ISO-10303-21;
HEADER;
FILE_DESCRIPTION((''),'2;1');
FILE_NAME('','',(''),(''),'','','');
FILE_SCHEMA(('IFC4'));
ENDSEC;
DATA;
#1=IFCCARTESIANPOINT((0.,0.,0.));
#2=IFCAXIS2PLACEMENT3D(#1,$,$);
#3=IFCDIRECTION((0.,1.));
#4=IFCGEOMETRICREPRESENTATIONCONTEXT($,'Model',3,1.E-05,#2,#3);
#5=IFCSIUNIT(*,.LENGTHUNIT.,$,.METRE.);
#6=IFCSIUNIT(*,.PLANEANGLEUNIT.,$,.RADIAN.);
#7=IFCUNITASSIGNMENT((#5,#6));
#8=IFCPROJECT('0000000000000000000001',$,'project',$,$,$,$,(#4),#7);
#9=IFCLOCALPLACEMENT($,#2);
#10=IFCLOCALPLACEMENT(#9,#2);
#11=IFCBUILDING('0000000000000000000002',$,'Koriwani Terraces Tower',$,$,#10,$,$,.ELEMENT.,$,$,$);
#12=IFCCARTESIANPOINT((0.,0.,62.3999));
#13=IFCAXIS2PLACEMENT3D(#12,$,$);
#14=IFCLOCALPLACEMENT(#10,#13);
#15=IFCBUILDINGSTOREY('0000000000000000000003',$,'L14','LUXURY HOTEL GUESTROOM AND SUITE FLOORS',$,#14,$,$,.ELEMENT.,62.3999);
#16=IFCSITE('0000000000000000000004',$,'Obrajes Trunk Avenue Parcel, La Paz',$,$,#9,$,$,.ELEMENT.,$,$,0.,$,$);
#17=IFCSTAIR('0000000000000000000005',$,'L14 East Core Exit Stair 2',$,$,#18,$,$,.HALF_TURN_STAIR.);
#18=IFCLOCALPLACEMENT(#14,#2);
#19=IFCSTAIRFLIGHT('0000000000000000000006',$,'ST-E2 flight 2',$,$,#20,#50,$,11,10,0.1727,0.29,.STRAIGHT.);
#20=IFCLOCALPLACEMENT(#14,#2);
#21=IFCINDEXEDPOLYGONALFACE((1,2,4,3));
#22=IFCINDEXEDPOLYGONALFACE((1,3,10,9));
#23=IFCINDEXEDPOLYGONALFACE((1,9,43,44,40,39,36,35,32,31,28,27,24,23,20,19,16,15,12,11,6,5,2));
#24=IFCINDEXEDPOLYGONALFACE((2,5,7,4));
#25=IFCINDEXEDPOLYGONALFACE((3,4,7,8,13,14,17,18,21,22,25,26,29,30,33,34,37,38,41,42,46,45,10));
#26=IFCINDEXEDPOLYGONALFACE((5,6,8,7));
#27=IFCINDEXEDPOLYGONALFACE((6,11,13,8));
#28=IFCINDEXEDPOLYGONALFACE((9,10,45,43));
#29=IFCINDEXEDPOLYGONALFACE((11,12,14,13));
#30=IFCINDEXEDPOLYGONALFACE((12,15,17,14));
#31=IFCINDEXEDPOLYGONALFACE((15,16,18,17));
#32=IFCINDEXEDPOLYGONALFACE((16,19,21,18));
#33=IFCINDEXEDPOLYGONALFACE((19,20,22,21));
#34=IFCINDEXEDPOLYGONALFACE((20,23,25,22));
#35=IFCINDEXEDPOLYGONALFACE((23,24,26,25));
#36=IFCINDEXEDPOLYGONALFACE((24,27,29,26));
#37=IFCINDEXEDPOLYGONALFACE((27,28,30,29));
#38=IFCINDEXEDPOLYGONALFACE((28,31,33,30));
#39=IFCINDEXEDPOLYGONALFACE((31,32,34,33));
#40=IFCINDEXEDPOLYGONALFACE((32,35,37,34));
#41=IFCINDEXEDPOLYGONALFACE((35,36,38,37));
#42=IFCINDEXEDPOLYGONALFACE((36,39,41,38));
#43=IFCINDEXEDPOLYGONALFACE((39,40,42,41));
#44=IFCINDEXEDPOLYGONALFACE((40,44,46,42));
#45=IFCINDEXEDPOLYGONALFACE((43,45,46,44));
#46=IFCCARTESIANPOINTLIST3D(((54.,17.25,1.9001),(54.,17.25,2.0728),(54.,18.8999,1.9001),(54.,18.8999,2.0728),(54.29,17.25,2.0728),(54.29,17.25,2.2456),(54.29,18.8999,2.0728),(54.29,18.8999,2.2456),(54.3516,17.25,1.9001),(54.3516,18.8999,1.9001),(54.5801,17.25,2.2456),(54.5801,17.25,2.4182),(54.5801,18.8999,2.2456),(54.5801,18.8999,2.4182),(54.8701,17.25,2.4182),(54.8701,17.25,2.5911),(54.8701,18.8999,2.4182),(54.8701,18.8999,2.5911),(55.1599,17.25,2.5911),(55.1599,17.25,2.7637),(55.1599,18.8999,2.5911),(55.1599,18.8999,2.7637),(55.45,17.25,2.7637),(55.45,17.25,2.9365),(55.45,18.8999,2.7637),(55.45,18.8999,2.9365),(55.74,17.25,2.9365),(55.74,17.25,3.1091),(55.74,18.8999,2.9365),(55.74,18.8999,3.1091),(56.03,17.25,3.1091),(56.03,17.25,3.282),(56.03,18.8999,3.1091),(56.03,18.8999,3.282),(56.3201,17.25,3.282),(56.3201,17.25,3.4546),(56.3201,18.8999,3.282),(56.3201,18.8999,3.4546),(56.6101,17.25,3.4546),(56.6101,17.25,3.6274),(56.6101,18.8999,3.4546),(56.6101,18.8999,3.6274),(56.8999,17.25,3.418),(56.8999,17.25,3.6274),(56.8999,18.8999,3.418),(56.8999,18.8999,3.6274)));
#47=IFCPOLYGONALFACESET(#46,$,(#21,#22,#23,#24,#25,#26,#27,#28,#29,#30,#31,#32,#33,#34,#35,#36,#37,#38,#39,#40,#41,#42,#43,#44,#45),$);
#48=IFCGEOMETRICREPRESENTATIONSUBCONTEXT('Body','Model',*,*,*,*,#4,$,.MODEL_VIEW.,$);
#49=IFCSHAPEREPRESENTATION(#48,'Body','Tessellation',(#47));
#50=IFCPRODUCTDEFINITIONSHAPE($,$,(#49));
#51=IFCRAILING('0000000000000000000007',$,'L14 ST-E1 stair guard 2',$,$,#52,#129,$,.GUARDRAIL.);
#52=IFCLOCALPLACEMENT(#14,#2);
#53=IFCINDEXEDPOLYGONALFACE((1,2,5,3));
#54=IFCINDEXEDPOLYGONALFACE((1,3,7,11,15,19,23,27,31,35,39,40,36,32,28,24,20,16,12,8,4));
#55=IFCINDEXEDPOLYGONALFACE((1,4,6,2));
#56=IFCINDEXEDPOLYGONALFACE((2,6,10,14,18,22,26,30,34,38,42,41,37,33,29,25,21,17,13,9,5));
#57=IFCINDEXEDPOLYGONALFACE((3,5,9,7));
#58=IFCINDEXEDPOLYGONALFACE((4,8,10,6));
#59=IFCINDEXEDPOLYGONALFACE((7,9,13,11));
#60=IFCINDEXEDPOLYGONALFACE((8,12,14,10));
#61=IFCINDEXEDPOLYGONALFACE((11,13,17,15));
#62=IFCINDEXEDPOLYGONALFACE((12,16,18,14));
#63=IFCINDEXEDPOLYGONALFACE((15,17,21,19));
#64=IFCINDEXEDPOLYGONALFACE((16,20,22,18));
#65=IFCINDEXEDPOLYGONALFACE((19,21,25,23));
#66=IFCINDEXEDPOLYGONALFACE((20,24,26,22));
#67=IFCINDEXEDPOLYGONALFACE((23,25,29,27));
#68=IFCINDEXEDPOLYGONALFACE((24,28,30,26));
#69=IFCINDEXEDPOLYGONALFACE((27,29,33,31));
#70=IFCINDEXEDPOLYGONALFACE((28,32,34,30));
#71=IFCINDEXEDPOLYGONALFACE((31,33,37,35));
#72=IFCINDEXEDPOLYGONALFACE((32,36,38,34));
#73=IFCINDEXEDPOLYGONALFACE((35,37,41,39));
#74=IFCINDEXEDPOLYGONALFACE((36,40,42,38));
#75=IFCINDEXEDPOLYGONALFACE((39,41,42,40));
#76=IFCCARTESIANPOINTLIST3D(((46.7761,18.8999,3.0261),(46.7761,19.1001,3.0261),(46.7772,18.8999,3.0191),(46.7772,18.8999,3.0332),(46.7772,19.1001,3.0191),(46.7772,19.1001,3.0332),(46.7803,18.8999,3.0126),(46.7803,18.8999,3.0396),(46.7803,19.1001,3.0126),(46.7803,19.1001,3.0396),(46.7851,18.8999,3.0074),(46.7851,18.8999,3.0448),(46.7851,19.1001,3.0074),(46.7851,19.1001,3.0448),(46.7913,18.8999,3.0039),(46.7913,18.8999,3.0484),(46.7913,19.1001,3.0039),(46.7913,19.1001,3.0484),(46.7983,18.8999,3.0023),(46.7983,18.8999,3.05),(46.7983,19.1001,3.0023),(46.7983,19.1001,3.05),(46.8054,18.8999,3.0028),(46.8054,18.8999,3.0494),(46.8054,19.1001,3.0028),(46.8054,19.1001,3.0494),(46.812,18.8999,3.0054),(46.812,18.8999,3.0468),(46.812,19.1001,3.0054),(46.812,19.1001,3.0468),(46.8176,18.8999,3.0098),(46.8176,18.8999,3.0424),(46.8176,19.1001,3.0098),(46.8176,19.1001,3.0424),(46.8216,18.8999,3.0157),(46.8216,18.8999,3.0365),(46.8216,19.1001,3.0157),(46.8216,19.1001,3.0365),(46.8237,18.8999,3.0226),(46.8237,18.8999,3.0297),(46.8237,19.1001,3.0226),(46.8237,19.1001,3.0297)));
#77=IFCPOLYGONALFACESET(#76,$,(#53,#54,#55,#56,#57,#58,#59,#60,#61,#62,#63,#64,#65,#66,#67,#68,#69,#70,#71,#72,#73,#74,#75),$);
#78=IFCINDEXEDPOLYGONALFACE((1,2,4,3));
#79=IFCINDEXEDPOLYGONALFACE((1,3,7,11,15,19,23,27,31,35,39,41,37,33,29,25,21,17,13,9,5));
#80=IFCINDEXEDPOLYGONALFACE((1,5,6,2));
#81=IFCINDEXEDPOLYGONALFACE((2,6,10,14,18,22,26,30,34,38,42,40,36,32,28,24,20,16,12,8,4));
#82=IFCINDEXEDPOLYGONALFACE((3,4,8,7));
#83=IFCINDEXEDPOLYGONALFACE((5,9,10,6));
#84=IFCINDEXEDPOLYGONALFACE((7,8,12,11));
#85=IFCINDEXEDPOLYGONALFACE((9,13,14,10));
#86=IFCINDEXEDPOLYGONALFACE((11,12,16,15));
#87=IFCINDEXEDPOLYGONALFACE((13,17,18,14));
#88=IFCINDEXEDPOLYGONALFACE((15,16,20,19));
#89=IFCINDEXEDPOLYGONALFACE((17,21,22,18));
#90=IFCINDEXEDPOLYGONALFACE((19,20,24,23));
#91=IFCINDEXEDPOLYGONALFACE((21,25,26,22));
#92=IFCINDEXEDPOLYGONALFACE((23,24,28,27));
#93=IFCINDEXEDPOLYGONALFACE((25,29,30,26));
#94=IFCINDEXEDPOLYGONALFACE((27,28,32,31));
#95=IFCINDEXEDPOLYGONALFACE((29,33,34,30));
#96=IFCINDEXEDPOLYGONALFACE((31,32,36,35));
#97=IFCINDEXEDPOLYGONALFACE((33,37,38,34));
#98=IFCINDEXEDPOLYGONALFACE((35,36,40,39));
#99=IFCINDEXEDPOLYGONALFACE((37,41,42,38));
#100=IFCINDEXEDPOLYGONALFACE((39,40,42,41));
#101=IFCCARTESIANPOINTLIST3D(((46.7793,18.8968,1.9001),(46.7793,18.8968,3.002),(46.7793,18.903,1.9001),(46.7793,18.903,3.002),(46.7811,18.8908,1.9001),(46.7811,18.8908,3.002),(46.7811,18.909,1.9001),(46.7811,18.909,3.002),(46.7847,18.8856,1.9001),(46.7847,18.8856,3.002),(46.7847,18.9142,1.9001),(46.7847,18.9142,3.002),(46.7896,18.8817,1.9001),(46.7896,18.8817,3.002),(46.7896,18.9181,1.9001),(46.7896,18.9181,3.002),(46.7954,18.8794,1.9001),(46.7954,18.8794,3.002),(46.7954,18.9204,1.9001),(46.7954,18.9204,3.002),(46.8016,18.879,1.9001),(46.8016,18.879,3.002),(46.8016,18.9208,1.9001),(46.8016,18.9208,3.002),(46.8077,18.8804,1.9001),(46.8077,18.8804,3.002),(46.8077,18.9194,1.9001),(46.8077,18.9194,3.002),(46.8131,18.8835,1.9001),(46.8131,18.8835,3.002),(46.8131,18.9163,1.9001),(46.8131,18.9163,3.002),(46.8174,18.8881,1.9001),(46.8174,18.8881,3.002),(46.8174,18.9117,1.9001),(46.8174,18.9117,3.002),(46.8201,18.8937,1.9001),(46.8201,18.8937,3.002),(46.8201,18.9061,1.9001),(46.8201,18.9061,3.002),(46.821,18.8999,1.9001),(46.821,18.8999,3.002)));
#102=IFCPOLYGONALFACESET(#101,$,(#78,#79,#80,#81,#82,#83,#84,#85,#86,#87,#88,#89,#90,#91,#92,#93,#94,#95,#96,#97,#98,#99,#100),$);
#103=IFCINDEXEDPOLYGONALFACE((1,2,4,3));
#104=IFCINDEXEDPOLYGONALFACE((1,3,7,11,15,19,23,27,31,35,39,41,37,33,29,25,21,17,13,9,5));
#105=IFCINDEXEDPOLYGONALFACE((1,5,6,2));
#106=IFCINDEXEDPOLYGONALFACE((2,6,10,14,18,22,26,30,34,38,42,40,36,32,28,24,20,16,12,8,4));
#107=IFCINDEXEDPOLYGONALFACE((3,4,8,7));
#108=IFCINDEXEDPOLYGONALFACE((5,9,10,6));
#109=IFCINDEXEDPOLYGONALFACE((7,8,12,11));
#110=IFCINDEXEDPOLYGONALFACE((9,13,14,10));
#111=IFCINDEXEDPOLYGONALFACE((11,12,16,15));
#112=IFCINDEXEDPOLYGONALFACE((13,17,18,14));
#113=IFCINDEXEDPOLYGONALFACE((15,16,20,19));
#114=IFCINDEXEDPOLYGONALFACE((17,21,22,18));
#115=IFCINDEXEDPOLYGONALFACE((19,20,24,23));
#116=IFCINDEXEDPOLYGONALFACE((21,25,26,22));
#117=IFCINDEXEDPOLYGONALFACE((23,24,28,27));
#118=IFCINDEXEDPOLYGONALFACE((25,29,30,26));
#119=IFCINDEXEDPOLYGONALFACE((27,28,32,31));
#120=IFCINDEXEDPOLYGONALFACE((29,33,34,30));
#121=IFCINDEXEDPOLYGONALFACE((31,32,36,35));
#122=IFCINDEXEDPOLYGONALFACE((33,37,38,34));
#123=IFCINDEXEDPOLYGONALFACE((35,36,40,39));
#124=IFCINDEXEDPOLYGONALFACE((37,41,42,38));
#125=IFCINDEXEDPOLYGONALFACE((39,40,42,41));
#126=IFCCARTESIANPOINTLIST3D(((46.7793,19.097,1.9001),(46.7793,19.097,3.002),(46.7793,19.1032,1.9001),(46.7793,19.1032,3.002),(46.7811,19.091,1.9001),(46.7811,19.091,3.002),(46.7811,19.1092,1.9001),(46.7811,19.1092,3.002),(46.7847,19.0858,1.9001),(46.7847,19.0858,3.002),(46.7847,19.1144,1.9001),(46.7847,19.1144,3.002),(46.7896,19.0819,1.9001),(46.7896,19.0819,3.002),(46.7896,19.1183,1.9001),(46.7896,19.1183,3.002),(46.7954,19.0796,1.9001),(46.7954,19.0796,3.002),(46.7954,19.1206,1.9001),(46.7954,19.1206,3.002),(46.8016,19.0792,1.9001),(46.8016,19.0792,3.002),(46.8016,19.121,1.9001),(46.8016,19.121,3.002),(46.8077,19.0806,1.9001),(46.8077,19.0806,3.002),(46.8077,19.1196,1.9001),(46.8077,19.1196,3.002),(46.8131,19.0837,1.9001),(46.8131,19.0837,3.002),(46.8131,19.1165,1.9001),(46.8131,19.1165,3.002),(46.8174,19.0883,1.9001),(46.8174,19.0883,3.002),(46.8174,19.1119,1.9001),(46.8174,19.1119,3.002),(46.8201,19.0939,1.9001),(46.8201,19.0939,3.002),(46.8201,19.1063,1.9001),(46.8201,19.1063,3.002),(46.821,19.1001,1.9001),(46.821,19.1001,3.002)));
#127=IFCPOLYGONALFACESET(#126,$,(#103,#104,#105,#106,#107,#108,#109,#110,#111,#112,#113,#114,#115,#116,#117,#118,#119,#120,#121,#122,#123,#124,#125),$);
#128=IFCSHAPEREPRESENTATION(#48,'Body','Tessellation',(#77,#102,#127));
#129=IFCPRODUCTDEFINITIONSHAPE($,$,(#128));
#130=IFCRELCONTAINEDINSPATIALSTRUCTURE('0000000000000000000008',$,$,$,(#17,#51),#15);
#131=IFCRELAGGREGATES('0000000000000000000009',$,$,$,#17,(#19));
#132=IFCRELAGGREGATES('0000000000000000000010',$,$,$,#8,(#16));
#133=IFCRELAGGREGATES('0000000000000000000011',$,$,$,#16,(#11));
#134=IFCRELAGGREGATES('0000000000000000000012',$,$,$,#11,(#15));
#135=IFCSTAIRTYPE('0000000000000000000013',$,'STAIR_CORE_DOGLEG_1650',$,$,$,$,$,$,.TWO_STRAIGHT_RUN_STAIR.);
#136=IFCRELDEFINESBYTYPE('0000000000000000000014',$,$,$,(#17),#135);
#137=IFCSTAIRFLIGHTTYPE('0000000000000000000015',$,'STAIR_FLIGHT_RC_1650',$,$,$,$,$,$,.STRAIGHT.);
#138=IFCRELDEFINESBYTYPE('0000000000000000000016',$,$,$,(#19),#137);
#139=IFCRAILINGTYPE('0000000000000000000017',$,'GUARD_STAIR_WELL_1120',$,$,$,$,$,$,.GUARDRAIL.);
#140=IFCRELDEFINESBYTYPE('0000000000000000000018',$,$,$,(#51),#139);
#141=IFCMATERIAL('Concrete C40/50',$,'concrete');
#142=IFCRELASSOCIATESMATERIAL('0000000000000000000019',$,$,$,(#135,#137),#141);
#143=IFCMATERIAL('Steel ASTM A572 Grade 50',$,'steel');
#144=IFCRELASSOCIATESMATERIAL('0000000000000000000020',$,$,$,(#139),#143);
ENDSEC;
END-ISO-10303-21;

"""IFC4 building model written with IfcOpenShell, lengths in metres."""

from ifc_helpers import new_model, si_unit, direction, frame, origin, origin_2d, place, context, subcontext, project, spatial, polyline, circle, outline, extrude, material, type_object, element, aggregate, save


model = new_model("IFC4")

# Units and contexts
model_context = context("Model", 3, precision=1e-05, world=origin(), true_north=direction((0.0, 1.0)))
body_context = subcontext(model_context, "Body", "Model", "MODEL_VIEW")
ifc_project = project(units=[si_unit("LENGTHUNIT", "METRE"), si_unit("PLANEANGLEUNIT", "RADIAN")], contexts=[model_context])

# Site, building, storey
site_placement = place(None, origin())
site = spatial("IfcSite", under=ifc_project, at=site_placement, Name="Obrajes Trunk Avenue Parcel, La Paz", CompositionType="ELEMENT", RefElevation=0.0)
building_placement = place(site_placement, origin())
building = spatial("IfcBuilding", under=site, at=building_placement, Name="Koriwani Terraces Tower", CompositionType="ELEMENT")
storey_placement = place(building_placement, frame((0.0, 0.0, 62.3999)))
storey = spatial("IfcBuildingStorey", under=building, at=storey_placement, Name="L14", Description="LUXURY HOTEL GUESTROOM AND SUITE FLOORS", CompositionType="ELEMENT", Elevation=62.3999)

# Shared definitions
ifc_material_1 = material(Name="Steel ASTM A572 Grade 50", Category="steel")

# Shared definitions
ifc_material_2 = material(Name="Concrete C40/50", Category="concrete")

# Shared definitions
stair_type = type_object("IfcStairType", Name="STAIR_CORE_DOGLEG_1650", PredefinedType="TWO_STRAIGHT_RUN_STAIR", material=ifc_material_2)
stair_flight_type = type_object("IfcStairFlightType", Name="STAIR_FLIGHT_RC_1650", PredefinedType="STRAIGHT", material=ifc_material_2)

# Stair, stair flight
stair_1_placement = place(storey_placement, origin())
stair_1 = element("IfcStair", 1, at=stair_1_placement, inside=storey, type_object=stair_type, Name="L14 East Core Exit Stair 2", PredefinedType="HALF_TURN_STAIR")
stair_flight_1_placement = place(storey_placement, frame((54.0, 18.075, 1.9001), z_axis=(0.0, 0.0, 1.0), x_axis=(1.0, 0.0, 0.0)))
stair_flight_1 = element("IfcStairFlight", 2, at=stair_flight_1_placement, type_object=stair_flight_type, Name="ST-E2 flight 2", NumberOfRisers=11, NumberOfTreads=10, PredefinedType="STRAIGHT", RiserHeight=0.1727, TreadLength=0.29, context=body_context, shape_type="SweptSolid", body=[
    extrude(outline(polyline([(0.0, 0.0), (0.0, 0.1726), (0.29, 0.1726), (0.29, 0.3455), (0.5801, 0.3455), (0.5801, 0.5181), (0.8701, 0.5181), (0.8701, 0.6909), (1.1599, 0.6909), (1.1599, 0.8635), (1.45, 0.8635), (1.45, 1.0364), (1.74, 1.0364), (1.74, 1.209), (2.03, 1.209), (2.03, 1.3818), (2.3201, 1.3818), (2.3201, 1.5544), (2.6101, 1.5544), (2.6101, 1.7273), (2.8999, 1.7273), (2.8999, 1.8999), (2.8999, 1.5178), (0.3516, 0.0), (0.0, 0.0)])), frame((0.0, 0.825, 0.0), z_axis=(0.0, -1.0, 0.0), x_axis=(1.0, 0.0, 0.0)), (0.0, 0.0, 1.0), 1.6499),
])
aggregate(stair_1, [stair_flight_1])

# Railing
railing_type_1 = type_object("IfcRailingType", Name="GUARD_STAIR_WELL_1120", PredefinedType="GUARDRAIL", material=ifc_material_1)
railing_1_placement = place(storey_placement, frame((46.8, 18.8999, 1.9001)))
element("IfcRailing", 3, at=railing_1_placement, inside=storey, type_object=railing_type_1, Name="L14 ST-E1 stair guard 2", PredefinedType="GUARDRAIL", context=body_context, shape_type="SweptSolid", body=[
    extrude(circle(Radius=0.0239, at=origin_2d()), frame((0.0, 0.0, 1.126), z_axis=(0.0, 1.0, 0.0), x_axis=(-1.0, 0.0, 0.0)), (0.0, 0.0, 1.0), 0.2002),
    extrude(circle(Radius=0.021, at=origin_2d()), origin(), (0.0, 0.0, 1.0), 1.1018),
    extrude(circle(Radius=0.021, at=origin_2d()), frame((0.0, 0.2002, 0.0)), (0.0, 0.0, 1.0), 1.1018),
])

save(model, "model.ifc")
